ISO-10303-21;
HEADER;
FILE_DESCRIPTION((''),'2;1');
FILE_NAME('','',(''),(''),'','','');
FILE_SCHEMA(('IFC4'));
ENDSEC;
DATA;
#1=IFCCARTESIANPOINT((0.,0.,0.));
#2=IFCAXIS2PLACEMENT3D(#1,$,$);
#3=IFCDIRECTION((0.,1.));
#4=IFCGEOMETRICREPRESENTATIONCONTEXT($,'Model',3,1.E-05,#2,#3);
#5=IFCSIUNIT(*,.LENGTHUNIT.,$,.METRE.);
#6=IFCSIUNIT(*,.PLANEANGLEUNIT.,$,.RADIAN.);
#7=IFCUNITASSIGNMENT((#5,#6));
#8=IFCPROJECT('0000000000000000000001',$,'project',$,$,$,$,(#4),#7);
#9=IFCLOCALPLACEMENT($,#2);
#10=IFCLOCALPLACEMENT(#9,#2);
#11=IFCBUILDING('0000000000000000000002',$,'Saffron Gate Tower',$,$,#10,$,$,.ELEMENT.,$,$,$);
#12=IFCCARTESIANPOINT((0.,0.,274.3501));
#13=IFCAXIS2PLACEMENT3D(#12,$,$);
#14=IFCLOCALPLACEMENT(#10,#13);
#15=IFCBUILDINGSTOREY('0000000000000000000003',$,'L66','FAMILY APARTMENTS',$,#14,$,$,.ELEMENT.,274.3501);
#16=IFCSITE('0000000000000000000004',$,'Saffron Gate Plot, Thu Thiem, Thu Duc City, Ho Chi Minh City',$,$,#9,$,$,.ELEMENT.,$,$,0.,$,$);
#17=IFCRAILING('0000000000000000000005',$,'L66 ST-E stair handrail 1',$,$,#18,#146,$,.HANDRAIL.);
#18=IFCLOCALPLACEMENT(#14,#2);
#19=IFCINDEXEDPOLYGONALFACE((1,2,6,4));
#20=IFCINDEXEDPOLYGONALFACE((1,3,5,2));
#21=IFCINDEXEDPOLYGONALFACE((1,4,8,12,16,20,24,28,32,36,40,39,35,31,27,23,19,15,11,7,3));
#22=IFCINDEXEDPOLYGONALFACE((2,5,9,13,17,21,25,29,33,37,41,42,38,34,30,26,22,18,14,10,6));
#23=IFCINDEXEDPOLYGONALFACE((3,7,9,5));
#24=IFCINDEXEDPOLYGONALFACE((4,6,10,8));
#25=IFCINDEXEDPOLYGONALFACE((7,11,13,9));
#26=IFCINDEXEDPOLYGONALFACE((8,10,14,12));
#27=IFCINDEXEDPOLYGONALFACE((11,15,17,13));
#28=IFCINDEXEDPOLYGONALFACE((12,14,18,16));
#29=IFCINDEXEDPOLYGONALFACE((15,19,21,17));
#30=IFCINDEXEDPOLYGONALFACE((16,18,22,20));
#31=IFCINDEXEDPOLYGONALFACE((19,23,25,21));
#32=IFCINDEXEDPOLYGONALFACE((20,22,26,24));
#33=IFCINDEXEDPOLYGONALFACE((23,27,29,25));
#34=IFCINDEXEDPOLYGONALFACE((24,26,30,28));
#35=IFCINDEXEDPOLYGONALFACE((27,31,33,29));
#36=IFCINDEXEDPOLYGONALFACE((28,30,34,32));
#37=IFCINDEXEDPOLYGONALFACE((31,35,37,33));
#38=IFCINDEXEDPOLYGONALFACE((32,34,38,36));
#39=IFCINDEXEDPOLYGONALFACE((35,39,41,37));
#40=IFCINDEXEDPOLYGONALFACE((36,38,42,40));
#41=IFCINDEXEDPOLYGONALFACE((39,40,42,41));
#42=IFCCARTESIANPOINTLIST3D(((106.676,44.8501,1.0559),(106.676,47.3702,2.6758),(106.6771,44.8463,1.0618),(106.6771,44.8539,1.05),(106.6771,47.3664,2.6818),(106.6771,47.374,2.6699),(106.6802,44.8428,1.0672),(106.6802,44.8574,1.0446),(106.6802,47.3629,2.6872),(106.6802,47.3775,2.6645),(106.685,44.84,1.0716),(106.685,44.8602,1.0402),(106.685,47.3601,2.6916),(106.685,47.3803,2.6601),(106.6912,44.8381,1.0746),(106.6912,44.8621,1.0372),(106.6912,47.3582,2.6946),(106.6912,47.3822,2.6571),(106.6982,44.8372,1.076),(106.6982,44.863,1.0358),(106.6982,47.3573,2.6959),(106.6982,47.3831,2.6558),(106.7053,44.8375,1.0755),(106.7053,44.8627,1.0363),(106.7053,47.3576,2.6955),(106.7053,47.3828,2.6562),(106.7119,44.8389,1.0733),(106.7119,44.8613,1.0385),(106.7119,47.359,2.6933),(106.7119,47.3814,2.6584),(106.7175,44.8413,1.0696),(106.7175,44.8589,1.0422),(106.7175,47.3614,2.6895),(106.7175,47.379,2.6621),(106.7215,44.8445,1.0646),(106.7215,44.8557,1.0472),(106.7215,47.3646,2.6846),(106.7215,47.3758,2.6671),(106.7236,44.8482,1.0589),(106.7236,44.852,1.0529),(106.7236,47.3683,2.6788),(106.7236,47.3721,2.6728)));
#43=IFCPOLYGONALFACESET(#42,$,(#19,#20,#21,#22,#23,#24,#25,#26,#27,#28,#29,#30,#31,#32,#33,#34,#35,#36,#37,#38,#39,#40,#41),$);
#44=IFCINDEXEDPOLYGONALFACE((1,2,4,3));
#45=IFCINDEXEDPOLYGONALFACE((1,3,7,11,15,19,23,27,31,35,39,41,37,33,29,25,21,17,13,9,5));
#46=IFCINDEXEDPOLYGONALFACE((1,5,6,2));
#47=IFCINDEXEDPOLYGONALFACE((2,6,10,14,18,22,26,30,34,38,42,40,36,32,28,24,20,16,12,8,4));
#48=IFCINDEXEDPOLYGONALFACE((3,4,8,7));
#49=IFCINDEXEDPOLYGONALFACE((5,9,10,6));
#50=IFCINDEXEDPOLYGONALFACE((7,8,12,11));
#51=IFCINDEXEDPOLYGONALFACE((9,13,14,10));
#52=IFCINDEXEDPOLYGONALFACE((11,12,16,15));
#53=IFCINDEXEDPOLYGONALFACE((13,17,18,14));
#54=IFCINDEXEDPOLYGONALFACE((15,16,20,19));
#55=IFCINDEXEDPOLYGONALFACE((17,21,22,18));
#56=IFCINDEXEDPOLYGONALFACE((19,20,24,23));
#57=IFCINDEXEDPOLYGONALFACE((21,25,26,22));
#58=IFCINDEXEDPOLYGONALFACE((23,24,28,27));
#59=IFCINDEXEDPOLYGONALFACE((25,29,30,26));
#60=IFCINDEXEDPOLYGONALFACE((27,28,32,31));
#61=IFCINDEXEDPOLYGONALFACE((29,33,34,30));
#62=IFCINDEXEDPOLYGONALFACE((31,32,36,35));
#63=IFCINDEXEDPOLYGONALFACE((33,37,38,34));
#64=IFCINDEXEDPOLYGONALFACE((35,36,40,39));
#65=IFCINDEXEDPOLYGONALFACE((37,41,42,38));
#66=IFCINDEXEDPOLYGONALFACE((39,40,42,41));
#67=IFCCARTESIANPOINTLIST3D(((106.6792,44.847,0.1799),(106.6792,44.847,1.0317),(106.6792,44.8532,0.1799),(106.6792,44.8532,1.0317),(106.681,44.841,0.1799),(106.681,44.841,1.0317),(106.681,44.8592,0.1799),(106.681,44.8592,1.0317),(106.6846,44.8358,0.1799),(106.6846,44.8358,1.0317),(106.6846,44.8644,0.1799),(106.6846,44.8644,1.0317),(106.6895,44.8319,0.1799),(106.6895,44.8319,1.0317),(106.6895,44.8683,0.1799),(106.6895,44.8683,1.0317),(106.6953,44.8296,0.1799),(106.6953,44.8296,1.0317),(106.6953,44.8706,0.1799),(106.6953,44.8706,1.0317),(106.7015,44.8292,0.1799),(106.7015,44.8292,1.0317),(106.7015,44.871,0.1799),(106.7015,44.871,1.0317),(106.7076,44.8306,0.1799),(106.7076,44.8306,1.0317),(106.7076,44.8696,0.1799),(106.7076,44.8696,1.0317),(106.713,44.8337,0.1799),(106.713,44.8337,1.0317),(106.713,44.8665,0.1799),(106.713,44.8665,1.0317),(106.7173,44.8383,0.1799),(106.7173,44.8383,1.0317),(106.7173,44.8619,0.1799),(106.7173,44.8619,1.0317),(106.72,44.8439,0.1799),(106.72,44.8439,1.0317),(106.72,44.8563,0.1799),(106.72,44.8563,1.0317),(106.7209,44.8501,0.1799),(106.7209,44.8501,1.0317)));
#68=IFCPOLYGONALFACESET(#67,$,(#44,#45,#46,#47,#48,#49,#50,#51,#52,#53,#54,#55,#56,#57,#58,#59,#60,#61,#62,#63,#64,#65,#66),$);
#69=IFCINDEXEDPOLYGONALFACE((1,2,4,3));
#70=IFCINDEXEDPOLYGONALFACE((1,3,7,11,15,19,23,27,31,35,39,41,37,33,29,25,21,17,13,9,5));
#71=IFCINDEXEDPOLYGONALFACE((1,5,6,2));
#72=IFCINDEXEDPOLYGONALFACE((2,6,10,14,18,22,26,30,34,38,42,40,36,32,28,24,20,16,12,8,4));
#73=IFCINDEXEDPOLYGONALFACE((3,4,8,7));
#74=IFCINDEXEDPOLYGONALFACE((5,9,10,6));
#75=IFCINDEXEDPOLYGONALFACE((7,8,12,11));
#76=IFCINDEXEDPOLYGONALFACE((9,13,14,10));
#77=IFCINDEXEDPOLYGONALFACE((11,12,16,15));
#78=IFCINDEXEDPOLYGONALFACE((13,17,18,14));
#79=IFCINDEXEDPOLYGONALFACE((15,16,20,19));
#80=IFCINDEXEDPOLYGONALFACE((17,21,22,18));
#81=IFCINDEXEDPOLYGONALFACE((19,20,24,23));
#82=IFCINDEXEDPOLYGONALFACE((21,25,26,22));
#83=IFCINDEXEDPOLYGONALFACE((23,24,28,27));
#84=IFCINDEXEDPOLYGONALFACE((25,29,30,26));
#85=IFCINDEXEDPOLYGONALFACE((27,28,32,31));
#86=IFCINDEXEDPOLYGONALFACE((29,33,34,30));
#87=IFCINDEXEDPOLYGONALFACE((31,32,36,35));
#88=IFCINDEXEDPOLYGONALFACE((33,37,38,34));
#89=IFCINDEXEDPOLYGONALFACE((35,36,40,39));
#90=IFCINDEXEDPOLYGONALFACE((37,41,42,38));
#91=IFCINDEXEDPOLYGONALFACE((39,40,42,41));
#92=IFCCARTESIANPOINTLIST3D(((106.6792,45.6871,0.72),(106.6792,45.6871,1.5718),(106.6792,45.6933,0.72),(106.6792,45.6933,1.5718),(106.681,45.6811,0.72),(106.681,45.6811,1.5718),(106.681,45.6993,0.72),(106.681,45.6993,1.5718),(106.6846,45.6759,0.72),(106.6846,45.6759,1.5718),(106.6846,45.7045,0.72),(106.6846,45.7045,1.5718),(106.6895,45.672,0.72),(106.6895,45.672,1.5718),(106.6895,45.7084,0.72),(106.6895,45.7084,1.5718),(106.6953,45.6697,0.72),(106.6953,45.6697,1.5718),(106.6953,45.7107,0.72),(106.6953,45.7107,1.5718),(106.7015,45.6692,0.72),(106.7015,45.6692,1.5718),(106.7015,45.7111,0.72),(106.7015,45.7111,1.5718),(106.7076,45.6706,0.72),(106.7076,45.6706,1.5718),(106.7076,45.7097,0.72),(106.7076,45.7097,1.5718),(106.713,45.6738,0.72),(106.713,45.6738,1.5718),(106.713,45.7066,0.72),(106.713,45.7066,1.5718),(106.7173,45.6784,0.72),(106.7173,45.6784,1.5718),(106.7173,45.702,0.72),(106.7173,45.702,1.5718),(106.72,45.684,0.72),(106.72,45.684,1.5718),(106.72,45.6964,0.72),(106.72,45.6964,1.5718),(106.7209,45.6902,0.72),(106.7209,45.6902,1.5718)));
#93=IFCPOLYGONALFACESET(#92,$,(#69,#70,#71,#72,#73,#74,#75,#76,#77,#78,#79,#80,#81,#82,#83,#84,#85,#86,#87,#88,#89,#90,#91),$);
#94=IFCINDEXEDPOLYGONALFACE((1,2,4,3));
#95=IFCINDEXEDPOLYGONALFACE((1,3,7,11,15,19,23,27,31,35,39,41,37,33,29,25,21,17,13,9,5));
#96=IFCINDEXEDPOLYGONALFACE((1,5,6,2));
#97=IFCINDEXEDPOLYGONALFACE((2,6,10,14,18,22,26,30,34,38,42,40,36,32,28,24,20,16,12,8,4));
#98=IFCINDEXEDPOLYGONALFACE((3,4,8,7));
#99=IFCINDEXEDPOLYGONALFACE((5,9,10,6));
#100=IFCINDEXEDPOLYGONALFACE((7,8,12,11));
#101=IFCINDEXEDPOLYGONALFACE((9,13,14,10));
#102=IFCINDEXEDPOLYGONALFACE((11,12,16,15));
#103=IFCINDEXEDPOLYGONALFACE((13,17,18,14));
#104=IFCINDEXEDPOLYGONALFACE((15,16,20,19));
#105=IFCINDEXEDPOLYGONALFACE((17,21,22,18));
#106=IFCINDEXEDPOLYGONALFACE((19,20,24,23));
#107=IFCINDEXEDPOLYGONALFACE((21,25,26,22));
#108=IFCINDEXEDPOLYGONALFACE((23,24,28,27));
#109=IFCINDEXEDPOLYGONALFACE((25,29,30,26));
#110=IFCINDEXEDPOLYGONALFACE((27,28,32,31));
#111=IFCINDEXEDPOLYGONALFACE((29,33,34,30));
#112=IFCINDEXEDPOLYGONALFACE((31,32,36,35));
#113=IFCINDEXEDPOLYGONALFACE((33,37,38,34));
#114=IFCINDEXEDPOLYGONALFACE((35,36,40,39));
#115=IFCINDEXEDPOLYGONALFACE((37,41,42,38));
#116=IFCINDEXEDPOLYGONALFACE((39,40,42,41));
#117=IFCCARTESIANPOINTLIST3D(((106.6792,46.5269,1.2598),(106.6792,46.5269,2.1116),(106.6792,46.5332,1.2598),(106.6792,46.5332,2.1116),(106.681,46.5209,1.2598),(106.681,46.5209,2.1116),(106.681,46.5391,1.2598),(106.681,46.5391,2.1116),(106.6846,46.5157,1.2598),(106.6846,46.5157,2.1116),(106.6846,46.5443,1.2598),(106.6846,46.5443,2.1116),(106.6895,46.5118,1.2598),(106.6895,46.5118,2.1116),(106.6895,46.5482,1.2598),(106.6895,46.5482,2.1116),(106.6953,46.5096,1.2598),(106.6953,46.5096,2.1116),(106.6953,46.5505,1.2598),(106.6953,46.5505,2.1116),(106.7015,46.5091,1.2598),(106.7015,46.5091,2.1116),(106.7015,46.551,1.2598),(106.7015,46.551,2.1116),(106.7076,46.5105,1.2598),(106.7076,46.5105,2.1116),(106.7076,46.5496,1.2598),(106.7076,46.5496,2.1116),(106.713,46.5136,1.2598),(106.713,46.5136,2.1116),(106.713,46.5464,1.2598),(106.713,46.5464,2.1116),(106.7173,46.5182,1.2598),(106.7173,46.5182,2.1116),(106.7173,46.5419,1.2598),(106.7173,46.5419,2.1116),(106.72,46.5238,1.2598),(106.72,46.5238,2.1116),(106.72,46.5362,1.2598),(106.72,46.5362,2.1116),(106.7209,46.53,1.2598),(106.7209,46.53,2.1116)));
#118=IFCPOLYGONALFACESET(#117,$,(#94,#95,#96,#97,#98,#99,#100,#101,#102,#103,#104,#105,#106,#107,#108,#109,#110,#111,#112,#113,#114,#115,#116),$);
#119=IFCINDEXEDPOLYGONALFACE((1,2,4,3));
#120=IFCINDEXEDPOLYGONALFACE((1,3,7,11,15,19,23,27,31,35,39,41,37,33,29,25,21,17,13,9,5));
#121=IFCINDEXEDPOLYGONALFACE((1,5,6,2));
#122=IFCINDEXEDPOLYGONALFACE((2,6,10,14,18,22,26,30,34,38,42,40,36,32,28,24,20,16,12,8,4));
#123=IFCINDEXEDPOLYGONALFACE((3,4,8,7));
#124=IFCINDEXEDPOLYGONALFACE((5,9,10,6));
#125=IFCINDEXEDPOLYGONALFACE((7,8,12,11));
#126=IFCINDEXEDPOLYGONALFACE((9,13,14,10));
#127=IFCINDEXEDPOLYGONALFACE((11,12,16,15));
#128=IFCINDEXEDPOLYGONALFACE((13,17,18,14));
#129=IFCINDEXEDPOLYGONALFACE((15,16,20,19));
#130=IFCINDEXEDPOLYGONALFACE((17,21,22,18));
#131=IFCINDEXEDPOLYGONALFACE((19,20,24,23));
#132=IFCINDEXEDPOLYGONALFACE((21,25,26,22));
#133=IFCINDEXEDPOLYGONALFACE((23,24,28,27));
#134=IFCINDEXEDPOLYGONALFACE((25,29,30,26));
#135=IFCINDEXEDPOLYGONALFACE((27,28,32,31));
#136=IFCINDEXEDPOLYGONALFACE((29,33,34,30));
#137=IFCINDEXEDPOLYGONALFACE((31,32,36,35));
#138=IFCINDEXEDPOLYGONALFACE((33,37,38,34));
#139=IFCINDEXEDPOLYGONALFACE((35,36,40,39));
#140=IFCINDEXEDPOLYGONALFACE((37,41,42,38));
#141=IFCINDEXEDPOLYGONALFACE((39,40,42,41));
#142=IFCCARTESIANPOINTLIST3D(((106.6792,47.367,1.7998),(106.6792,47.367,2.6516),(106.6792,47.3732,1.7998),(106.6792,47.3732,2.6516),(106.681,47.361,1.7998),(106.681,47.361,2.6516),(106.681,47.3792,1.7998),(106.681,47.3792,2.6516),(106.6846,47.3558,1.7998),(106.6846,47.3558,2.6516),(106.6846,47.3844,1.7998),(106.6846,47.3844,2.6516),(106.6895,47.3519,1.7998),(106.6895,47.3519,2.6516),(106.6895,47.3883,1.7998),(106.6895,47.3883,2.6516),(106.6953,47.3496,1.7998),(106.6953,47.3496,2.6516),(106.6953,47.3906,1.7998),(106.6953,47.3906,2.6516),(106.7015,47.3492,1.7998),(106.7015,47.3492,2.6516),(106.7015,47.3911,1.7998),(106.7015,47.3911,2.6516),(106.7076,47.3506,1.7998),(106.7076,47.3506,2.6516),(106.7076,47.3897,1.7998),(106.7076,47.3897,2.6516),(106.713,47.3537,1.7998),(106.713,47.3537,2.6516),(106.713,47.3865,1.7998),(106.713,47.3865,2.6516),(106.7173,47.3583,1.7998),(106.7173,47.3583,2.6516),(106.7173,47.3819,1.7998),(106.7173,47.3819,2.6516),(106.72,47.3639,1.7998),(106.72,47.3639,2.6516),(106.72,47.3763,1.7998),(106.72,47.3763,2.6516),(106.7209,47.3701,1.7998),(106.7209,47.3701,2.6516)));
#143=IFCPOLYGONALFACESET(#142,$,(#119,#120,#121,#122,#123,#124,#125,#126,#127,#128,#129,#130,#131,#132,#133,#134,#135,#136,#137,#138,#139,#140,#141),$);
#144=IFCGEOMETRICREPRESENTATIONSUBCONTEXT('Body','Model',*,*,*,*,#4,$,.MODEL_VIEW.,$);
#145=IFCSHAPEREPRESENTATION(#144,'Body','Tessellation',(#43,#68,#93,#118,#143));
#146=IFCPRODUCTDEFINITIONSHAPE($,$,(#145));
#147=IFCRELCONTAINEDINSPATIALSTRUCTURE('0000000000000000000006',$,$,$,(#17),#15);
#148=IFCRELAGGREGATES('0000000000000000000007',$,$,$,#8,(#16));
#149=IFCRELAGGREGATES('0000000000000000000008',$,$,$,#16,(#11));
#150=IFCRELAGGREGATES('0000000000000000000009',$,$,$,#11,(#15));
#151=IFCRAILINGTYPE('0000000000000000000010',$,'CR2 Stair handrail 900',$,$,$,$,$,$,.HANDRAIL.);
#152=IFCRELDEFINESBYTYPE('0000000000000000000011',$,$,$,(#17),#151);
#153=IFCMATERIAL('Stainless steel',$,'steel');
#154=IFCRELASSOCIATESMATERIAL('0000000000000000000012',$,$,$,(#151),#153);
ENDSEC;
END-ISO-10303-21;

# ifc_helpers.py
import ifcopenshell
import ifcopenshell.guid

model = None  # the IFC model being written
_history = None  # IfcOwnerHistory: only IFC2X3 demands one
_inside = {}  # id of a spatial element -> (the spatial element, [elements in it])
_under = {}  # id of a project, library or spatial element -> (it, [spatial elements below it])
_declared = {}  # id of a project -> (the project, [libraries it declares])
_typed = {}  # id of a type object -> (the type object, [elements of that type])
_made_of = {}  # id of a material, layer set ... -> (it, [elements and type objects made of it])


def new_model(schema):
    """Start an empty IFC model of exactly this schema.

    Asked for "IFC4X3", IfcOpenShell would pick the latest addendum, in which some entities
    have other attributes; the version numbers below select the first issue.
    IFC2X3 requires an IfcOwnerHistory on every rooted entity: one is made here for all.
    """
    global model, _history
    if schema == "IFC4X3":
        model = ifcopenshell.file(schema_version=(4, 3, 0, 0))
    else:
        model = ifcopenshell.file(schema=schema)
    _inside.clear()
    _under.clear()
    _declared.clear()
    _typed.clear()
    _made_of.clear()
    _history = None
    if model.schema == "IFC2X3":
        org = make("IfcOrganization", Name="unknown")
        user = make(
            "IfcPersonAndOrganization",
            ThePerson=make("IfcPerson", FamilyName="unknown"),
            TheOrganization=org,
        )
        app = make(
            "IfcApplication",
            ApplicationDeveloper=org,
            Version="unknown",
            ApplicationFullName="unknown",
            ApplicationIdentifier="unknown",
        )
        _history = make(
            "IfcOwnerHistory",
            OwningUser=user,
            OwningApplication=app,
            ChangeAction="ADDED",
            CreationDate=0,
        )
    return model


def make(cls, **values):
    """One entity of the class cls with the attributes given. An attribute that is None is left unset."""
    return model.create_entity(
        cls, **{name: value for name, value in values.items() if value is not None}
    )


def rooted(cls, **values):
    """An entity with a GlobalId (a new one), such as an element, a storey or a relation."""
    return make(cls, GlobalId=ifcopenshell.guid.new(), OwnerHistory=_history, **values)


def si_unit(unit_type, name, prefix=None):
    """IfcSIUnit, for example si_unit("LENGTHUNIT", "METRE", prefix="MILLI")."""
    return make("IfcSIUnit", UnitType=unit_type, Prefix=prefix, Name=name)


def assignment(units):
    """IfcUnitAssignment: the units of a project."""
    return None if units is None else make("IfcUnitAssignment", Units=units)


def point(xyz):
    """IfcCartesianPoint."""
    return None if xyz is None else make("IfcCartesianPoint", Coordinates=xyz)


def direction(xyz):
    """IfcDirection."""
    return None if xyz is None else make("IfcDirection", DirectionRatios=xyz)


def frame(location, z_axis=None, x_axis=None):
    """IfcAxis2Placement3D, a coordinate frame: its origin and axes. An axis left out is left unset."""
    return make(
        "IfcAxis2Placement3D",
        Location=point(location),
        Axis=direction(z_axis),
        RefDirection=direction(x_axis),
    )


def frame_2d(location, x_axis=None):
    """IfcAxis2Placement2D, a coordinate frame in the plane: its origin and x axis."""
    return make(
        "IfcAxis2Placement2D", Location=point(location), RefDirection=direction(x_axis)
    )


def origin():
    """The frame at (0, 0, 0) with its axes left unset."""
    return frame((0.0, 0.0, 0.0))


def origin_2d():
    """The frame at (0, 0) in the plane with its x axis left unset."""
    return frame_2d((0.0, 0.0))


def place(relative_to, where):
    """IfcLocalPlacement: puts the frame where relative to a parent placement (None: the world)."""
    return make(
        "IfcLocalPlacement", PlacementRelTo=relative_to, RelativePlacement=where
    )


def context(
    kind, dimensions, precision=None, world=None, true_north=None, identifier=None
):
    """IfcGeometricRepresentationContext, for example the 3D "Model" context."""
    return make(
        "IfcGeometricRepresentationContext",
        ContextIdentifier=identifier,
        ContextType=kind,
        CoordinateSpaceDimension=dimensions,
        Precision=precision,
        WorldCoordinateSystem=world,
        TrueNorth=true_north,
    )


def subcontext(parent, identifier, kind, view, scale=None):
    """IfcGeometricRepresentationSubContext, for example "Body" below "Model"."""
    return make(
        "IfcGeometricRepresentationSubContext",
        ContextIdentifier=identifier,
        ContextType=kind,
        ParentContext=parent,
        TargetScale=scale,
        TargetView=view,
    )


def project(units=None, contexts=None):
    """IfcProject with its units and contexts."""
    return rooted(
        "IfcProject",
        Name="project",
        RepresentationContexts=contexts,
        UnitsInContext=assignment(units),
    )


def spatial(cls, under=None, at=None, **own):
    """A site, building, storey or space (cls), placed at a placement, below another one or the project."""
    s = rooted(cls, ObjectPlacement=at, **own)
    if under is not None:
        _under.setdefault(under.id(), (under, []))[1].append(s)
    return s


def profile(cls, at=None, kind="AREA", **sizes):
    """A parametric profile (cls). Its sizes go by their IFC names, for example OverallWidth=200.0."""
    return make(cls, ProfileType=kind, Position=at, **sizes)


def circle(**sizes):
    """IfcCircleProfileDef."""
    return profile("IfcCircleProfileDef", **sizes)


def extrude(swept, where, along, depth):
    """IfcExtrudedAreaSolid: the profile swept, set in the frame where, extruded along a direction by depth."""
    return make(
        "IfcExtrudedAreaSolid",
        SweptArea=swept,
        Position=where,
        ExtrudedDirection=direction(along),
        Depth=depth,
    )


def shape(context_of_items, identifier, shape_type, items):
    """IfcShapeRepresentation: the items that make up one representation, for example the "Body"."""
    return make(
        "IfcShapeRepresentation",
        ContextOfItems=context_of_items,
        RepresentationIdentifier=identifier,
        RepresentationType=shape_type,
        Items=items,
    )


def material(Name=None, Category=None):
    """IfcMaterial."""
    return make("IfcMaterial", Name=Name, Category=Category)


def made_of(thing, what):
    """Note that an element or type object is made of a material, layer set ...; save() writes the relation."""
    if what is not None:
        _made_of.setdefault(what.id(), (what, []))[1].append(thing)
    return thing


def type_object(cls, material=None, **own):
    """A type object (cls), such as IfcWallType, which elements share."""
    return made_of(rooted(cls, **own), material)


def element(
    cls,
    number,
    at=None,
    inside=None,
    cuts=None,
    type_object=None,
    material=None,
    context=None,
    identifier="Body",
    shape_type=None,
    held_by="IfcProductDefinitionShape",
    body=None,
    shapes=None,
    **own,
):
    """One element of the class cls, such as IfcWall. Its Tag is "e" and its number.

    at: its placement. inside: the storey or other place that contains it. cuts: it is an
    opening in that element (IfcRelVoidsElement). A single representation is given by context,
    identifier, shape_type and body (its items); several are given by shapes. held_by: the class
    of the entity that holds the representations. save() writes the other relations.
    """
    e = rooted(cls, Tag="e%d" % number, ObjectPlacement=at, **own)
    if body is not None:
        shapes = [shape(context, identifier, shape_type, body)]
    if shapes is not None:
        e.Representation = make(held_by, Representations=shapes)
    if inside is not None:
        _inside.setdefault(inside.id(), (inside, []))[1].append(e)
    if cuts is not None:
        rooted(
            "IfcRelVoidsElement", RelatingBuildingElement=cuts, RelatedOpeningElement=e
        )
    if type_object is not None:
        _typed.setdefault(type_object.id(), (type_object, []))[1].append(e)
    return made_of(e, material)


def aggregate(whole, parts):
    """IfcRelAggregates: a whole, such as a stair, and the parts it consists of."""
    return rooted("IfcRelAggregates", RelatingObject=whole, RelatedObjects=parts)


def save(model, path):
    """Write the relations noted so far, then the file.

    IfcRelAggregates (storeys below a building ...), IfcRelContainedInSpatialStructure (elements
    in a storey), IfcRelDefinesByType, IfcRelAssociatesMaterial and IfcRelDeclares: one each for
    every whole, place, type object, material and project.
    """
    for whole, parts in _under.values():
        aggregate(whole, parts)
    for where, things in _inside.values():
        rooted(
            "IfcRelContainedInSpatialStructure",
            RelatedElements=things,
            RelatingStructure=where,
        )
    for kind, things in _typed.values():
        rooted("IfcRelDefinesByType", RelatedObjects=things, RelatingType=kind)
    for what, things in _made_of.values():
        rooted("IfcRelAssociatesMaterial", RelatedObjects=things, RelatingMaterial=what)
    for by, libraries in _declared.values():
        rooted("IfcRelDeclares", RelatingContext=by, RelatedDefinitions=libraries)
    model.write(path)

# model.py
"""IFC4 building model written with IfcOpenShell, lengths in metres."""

from ifc_helpers import new_model, si_unit, direction, frame, origin, origin_2d, place, context, subcontext, project, spatial, circle, extrude, material, type_object, element, save


model = new_model("IFC4")

# Units and contexts
model_context = context("Model", 3, precision=1e-05, world=origin(), true_north=direction((0.0, 1.0)))
body_context = subcontext(model_context, "Body", "Model", "MODEL_VIEW")
ifc_project = project(units=[si_unit("LENGTHUNIT", "METRE"), si_unit("PLANEANGLEUNIT", "RADIAN")], contexts=[model_context])

# Site, building, storey
site_placement = place(None, origin())
site = spatial("IfcSite", under=ifc_project, at=site_placement, Name="Saffron Gate Plot, Thu Thiem, Thu Duc City, Ho Chi Minh City", CompositionType="ELEMENT", RefElevation=0.0)
building_placement = place(site_placement, origin())
building = spatial("IfcBuilding", under=site, at=building_placement, Name="Saffron Gate Tower", CompositionType="ELEMENT")
storey_placement = place(building_placement, frame((0.0, 0.0, 274.3501)))
storey = spatial("IfcBuildingStorey", under=building, at=storey_placement, Name="L66", Description="FAMILY APARTMENTS", CompositionType="ELEMENT", Elevation=274.3501)

# Railing
ifc_material_1 = material(Name="Stainless steel", Category="steel")
railing_type_1 = type_object("IfcRailingType", Name="CR2 Stair handrail 900", PredefinedType="HANDRAIL", material=ifc_material_1)
railing_1_placement = place(storey_placement, frame((106.7, 44.8501, 0.1799)))
element("IfcRailing", 1, at=railing_1_placement, inside=storey, type_object=railing_type_1, Name="L66 ST-E stair handrail 1", PredefinedType="HANDRAIL", context=body_context, shape_type="SweptSolid", body=[
    extrude(circle(Radius=0.0239, at=origin_2d()), frame((0.0, 0.0, 0.876), z_axis=(0.0, 0.8412, 0.540725), x_axis=(-1.0, 0.0, 0.0)), (0.0, 0.0, 1.0), 2.9958),
    extrude(circle(Radius=0.021, at=origin_2d()), origin(), (0.0, 0.0, 1.0), 0.8518),
    extrude(circle(Radius=0.021, at=origin_2d()), frame((0.0, 0.8401, 0.54)), (0.0, 0.0, 1.0), 0.8518),
    extrude(circle(Radius=0.021, at=origin_2d()), frame((0.0, 1.6799, 1.0798)), (0.0, 0.0, 1.0), 0.8518),
    extrude(circle(Radius=0.021, at=origin_2d()), frame((0.0, 2.52, 1.6199)), (0.0, 0.0, 1.0), 0.8518),
])

save(model, "model.ifc")
